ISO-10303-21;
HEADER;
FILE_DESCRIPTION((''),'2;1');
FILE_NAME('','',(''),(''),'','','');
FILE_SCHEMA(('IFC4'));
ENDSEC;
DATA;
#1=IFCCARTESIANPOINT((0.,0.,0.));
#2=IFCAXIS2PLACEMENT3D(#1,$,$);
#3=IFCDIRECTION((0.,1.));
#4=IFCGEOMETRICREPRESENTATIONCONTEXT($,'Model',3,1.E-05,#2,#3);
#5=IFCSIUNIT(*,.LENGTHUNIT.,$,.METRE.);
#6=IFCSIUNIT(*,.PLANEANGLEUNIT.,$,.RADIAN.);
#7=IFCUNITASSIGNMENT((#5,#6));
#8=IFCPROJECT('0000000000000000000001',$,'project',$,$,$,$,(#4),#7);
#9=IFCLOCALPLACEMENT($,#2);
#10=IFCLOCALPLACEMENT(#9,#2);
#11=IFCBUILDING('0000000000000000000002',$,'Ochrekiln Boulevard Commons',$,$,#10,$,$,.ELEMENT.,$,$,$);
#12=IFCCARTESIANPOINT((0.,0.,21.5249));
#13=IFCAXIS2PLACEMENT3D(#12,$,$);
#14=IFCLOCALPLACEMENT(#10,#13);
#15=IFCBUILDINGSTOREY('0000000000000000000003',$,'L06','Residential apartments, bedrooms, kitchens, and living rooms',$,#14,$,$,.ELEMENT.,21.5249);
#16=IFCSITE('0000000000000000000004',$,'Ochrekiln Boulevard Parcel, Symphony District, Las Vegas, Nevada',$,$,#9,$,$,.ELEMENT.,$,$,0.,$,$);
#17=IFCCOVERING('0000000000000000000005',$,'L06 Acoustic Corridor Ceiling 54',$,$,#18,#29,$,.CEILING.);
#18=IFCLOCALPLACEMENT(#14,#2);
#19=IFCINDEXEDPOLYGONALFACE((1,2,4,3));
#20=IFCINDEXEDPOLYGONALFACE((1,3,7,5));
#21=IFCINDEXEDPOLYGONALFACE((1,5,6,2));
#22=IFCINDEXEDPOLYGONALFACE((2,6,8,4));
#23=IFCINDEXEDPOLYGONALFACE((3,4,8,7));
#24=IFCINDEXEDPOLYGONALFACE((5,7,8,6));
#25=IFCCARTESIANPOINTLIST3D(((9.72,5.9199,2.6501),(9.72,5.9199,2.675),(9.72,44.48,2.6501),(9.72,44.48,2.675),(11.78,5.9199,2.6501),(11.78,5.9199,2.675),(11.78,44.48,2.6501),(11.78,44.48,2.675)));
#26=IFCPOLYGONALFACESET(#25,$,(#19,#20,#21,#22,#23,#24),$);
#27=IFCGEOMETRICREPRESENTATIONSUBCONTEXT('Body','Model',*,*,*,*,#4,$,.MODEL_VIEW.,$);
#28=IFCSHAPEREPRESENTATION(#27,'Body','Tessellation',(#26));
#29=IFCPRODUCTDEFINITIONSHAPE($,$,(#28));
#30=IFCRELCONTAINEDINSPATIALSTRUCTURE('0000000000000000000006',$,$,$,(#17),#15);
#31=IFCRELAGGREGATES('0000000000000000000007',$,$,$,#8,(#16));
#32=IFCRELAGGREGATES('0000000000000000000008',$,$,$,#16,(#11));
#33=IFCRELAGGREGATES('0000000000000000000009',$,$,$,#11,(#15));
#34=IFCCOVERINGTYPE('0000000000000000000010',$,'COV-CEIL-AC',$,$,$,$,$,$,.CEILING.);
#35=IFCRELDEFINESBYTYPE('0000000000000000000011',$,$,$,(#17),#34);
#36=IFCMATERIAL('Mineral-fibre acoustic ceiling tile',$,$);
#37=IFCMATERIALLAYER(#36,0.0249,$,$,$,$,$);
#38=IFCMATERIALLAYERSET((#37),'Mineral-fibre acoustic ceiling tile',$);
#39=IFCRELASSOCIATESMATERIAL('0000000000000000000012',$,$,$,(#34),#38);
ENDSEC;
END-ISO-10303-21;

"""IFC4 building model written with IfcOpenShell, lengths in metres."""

from ifc_helpers import new_model, si_unit, direction, frame, origin, place, context, subcontext, project, spatial, polyline, outline, extrude, material, layer, layer_set, type_object, element, save


model = new_model("IFC4")

# Units and contexts
model_context = context("Model", 3, precision=1e-05, world=origin(), true_north=direction((0.0, 1.0)))
body_context = subcontext(model_context, "Body", "Model", "MODEL_VIEW")
ifc_project = project(units=[si_unit("LENGTHUNIT", "METRE"), si_unit("PLANEANGLEUNIT", "RADIAN")], contexts=[model_context])

# Site, building, storey
site_placement = place(None, origin())
site = spatial("IfcSite", under=ifc_project, at=site_placement, Name="Ochrekiln Boulevard Parcel, Symphony District, Las Vegas, Nevada", CompositionType="ELEMENT", RefElevation=0.0)
building_placement = place(site_placement, origin())
building = spatial("IfcBuilding", under=site, at=building_placement, Name="Ochrekiln Boulevard Commons", CompositionType="ELEMENT")
storey_placement = place(building_placement, frame((0.0, 0.0, 21.5249)))
storey = spatial("IfcBuildingStorey", under=building, at=storey_placement, Name="L06", Description="Residential apartments, bedrooms, kitchens, and living rooms", CompositionType="ELEMENT", Elevation=21.5249)

# Covering
ifc_material_1 = material(Name="Mineral-fibre acoustic ceiling tile")
ifc_layer_1 = layer(ifc_material_1, 0.0249)
ifc_layer_set_1 = layer_set([ifc_layer_1], Name="Mineral-fibre acoustic ceiling tile")
covering_type = type_object("IfcCoveringType", Name="COV-CEIL-AC", PredefinedType="CEILING", material=ifc_layer_set_1)
covering_1_placement = place(storey_placement, frame((0.0, 0.0, 2.6501)))
element("IfcCovering", 1, at=covering_1_placement, inside=storey, type_object=covering_type, Name="L06 Acoustic Corridor Ceiling 54", PredefinedType="CEILING", context=body_context, shape_type="SweptSolid", body=[
    extrude(outline(polyline([(9.72, 5.9199), (11.78, 5.9199), (11.78, 44.48), (9.72, 44.48), (9.72, 5.9199)])), origin(), (0.0, 0.0, 1.0), 0.0249),
])

save(model, "model.ifc")
